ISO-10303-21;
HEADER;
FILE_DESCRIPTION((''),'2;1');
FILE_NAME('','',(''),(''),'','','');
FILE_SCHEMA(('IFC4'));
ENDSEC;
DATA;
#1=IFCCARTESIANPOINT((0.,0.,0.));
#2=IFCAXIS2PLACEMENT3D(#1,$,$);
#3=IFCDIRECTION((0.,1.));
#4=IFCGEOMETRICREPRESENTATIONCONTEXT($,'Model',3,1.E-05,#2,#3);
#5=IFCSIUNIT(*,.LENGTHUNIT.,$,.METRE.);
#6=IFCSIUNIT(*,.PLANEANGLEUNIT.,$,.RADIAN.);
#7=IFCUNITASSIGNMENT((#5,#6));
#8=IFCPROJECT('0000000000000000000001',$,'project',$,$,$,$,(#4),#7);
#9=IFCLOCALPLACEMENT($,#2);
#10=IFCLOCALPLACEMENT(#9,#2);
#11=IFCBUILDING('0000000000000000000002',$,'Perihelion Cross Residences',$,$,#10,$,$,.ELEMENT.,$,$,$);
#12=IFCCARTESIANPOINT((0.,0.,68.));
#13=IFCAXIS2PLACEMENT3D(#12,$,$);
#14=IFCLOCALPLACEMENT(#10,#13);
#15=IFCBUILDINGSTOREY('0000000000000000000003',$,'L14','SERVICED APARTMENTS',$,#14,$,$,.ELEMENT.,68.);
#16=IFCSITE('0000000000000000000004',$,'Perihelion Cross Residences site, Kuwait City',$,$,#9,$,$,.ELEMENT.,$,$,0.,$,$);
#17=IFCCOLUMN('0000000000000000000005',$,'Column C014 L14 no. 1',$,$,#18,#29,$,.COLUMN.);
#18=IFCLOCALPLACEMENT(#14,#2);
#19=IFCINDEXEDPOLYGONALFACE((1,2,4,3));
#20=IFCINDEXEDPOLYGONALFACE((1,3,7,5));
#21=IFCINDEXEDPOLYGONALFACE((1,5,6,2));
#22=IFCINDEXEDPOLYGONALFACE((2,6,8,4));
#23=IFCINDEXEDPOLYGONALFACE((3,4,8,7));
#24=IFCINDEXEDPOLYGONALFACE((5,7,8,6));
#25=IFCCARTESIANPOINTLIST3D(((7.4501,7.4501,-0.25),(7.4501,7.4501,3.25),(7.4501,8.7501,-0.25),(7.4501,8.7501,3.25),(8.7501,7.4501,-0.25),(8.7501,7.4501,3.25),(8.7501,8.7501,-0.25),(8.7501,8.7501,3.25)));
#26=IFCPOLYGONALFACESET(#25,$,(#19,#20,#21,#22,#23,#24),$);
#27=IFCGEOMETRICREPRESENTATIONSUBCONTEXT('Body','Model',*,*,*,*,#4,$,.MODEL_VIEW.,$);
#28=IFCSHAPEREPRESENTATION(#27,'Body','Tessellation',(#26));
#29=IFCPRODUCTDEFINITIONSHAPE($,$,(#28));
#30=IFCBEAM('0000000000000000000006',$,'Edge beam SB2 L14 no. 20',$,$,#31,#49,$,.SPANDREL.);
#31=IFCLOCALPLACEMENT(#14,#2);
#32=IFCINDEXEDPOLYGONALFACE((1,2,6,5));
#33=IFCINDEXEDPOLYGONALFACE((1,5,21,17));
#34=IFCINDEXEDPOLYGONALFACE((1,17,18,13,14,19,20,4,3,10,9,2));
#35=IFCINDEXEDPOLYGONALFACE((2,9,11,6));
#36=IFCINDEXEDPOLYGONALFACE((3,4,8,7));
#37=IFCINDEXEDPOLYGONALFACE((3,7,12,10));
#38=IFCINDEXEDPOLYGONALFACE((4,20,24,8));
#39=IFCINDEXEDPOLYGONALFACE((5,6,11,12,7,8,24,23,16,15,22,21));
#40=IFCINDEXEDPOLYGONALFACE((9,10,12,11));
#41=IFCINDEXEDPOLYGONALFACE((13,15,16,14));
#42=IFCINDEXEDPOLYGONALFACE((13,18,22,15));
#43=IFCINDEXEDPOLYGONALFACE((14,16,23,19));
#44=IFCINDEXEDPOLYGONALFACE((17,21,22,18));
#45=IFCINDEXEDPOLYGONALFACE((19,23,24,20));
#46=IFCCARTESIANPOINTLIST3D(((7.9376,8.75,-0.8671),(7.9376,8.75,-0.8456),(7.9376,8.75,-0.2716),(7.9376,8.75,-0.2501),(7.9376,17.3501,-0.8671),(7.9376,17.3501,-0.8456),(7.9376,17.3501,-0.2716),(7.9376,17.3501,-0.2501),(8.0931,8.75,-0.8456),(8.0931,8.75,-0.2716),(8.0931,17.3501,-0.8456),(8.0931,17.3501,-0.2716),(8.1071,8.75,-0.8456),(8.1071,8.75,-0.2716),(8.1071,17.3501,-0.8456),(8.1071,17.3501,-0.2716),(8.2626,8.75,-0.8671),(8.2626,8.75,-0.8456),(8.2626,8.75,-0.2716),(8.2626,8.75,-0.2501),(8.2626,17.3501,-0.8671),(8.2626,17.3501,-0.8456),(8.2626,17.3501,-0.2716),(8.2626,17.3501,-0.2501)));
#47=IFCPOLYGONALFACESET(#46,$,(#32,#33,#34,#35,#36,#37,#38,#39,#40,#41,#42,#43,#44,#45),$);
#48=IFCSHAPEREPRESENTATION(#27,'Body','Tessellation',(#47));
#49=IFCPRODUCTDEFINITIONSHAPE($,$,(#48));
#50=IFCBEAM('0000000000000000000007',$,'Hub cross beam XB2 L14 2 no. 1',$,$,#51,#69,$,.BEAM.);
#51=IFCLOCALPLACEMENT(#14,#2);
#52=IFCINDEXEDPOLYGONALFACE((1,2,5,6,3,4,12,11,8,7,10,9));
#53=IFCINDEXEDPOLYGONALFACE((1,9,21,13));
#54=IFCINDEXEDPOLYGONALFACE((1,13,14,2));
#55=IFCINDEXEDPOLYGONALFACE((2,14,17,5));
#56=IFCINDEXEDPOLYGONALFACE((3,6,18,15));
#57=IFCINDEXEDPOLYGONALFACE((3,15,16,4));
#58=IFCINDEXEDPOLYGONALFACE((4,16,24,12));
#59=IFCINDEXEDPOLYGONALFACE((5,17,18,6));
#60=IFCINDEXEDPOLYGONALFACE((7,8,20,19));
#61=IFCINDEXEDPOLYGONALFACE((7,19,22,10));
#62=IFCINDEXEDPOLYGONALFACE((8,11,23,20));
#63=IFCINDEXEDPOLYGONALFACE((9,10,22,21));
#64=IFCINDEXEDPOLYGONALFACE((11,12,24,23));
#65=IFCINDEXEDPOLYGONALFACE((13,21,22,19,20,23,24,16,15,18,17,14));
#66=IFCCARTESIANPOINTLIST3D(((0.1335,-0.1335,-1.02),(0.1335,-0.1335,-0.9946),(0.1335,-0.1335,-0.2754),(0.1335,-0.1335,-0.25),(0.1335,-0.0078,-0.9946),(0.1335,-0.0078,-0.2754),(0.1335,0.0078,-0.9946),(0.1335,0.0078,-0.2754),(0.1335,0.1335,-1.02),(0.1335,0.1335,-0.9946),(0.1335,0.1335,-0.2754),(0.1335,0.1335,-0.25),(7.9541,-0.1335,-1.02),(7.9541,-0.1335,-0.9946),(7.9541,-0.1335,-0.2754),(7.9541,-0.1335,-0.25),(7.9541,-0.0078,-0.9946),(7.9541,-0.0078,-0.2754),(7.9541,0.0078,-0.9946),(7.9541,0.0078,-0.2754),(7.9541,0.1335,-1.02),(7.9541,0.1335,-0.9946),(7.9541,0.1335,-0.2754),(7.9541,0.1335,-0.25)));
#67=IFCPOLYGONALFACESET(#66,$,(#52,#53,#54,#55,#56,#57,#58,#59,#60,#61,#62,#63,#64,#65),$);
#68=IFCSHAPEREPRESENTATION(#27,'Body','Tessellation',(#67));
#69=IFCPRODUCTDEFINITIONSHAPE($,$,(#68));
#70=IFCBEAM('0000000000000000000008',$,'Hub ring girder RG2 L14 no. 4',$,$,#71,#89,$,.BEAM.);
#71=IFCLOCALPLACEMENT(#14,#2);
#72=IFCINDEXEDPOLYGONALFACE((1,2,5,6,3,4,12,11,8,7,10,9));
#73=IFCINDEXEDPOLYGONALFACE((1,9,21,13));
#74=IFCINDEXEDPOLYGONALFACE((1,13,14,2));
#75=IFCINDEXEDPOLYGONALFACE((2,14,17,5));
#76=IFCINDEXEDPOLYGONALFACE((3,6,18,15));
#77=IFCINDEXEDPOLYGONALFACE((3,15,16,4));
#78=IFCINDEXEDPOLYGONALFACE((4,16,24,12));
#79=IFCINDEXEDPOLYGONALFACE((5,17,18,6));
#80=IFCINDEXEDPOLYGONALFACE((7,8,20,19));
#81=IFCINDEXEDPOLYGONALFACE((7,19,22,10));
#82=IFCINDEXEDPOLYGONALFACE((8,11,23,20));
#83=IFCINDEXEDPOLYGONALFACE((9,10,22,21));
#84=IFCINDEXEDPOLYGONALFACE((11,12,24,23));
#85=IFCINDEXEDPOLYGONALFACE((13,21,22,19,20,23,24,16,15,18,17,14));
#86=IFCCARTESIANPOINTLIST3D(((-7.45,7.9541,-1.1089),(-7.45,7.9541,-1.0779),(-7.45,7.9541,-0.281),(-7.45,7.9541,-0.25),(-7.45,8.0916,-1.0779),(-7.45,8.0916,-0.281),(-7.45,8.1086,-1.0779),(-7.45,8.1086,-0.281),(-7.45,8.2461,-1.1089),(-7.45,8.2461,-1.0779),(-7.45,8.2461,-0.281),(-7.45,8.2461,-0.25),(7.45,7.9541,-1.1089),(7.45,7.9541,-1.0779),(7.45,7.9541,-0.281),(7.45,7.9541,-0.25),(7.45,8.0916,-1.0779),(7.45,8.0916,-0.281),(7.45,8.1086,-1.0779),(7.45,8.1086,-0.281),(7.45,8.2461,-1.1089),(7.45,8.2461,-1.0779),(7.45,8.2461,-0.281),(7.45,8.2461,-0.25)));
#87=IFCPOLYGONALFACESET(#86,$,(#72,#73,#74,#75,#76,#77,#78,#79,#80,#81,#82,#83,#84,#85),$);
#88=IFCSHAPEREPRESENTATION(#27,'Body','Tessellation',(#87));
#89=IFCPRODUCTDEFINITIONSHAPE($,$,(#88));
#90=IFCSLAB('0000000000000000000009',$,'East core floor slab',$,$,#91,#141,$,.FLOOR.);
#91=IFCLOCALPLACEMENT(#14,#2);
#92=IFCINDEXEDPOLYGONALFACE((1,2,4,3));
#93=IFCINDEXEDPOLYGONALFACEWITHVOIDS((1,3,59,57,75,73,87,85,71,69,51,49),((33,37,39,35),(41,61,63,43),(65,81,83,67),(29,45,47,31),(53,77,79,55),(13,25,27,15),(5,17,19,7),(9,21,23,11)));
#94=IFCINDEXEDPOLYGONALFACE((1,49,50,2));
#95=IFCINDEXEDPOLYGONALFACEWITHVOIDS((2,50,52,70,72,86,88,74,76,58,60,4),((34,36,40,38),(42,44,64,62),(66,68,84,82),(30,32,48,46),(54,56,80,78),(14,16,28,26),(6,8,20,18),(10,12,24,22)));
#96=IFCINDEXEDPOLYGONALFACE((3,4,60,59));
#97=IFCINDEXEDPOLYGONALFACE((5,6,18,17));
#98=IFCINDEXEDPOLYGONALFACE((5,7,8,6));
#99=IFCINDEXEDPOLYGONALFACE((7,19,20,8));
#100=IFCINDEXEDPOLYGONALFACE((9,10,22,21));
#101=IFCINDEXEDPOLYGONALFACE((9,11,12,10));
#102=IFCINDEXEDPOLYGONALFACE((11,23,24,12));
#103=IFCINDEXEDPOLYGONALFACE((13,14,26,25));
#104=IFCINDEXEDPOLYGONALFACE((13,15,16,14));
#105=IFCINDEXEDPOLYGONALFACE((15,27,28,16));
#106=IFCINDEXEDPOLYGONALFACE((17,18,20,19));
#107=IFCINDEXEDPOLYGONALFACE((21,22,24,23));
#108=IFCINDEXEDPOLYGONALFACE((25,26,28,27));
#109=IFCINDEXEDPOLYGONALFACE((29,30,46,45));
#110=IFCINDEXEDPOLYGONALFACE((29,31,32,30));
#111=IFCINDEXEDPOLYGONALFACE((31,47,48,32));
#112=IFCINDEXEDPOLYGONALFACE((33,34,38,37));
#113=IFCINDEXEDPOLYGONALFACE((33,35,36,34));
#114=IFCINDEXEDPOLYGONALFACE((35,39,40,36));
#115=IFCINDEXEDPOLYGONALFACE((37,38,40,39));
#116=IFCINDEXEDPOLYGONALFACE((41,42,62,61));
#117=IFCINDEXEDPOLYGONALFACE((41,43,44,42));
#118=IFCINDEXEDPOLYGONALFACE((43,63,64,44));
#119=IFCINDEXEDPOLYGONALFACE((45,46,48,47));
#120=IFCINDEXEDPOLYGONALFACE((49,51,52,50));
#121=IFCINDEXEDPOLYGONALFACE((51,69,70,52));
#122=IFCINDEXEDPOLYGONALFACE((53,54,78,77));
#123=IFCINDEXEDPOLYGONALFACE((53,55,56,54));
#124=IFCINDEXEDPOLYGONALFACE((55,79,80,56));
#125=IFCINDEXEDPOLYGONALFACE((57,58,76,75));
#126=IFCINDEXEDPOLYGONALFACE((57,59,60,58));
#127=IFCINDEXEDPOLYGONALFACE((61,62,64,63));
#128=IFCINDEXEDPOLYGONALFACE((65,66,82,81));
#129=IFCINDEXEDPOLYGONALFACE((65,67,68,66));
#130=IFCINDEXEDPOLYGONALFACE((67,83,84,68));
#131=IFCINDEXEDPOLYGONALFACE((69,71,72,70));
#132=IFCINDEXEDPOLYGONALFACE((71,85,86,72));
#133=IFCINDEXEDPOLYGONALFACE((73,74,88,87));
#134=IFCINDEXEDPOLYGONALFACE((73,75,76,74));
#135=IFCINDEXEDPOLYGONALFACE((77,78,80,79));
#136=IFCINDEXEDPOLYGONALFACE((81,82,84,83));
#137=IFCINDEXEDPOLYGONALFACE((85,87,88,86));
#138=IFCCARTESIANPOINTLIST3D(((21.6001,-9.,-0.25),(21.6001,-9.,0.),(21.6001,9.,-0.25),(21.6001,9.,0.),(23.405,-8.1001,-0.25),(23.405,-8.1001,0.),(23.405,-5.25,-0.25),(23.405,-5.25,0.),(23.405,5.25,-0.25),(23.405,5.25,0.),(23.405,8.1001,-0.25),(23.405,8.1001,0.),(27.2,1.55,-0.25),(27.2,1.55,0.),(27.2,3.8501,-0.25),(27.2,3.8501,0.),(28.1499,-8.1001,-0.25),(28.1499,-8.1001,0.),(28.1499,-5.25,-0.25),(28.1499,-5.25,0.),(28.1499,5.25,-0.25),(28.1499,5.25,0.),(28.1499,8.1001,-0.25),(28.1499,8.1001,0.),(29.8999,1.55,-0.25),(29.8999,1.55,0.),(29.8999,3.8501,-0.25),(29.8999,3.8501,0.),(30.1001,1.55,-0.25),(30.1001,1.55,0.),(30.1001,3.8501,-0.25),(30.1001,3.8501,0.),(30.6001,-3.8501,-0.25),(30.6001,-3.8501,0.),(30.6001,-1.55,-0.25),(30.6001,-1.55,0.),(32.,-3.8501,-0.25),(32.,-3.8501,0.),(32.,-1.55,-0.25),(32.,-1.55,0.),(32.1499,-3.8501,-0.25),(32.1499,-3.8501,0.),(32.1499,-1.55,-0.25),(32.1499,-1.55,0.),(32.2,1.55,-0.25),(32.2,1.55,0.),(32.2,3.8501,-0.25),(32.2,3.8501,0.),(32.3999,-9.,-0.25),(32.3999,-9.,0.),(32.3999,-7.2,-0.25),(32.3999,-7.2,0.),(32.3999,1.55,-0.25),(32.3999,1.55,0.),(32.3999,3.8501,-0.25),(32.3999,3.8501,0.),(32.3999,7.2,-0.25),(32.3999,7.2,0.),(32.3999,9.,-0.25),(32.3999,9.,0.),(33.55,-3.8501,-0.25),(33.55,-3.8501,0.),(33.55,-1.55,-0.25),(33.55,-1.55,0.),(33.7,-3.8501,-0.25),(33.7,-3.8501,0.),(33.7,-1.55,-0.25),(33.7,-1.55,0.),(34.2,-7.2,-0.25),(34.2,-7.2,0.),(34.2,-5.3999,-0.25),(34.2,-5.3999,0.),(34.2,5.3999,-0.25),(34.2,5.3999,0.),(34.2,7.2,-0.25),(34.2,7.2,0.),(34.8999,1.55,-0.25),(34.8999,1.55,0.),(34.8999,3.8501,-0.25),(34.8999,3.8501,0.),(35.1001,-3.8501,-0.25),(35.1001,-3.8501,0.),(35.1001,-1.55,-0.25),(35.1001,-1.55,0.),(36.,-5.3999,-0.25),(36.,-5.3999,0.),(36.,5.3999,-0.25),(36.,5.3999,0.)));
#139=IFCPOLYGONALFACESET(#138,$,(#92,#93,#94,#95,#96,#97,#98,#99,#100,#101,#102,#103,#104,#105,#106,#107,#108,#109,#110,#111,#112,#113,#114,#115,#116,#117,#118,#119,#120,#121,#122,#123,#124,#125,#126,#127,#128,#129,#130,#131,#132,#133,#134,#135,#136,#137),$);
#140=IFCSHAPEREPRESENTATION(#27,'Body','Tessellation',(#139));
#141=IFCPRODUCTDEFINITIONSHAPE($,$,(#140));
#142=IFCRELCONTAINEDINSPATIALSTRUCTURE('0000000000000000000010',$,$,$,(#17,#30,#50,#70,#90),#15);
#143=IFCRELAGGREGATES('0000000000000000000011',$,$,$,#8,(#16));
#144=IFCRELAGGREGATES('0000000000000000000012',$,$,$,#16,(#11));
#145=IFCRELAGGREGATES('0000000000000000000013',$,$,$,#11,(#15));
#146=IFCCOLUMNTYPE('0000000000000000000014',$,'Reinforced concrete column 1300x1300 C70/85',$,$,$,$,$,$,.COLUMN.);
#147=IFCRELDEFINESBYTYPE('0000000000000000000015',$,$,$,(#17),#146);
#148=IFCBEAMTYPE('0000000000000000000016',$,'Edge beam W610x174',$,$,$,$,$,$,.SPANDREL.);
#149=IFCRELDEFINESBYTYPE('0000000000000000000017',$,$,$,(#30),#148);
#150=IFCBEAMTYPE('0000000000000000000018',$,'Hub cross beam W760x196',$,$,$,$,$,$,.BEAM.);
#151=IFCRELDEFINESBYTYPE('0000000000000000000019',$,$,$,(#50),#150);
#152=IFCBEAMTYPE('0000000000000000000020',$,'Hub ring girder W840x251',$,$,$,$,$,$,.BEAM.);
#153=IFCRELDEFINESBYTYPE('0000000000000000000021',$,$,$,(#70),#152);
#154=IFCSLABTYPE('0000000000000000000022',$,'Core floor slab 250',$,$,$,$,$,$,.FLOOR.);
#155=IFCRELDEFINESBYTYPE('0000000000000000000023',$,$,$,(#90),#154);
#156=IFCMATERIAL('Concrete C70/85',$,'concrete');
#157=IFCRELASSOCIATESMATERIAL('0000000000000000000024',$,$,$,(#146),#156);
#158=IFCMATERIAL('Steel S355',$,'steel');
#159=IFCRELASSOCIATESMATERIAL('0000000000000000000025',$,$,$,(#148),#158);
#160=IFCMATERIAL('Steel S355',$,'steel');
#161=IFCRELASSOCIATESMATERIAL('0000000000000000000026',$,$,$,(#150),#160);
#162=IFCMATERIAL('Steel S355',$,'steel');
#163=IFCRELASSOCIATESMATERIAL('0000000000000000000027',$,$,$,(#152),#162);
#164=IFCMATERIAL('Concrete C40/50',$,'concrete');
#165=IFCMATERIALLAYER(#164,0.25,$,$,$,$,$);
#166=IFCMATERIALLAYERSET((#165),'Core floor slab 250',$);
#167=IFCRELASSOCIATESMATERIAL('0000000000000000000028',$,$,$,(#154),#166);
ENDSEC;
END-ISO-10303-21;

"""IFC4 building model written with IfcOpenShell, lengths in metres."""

from ifc_helpers import new_model, si_unit, direction, frame, origin, origin_2d, place, context, subcontext, project, spatial, polyline, rectangle, i_section, outline, extrude, material, layer, layer_set, material_profile, profile_set, type_object, element, save


model = new_model("IFC4")

# Units and contexts
model_context = context("Model", 3, precision=1e-05, world=origin(), true_north=direction((0.0, 1.0)))
body_context = subcontext(model_context, "Body", "Model", "MODEL_VIEW")
ifc_project = project(units=[si_unit("LENGTHUNIT", "METRE"), si_unit("PLANEANGLEUNIT", "RADIAN")], contexts=[model_context])

# Site, building, storey
site_placement = place(None, origin())
site = spatial("IfcSite", under=ifc_project, at=site_placement, Name="Perihelion Cross Residences site, Kuwait City", CompositionType="ELEMENT", RefElevation=0.0)
building_placement = place(site_placement, origin())
building = spatial("IfcBuilding", under=site, at=building_placement, Name="Perihelion Cross Residences", CompositionType="ELEMENT")
storey_placement = place(building_placement, frame((0.0, 0.0, 68.0)))
storey = spatial("IfcBuildingStorey", under=building, at=storey_placement, Name="L14", Description="SERVICED APARTMENTS", CompositionType="ELEMENT", Elevation=68.0)

# Column
ifc_material_1 = material(Name="Concrete C70/85", Category="concrete")
ifc_material_profile_1 = material_profile(ifc_material_1, rectangle(XDim=1.3, YDim=1.3, at=origin_2d()), Name="RC 1300x1300")
ifc_profile_set_1 = profile_set([ifc_material_profile_1], Name="Concrete C70/85")
column_type = type_object("IfcColumnType", Name="Reinforced concrete column 1300x1300 C70/85", PredefinedType="COLUMN", material=ifc_profile_set_1)
column_placement = place(storey_placement, frame((8.1001, 8.1001, -0.25), z_axis=(0.0, 0.0, 1.0), x_axis=(1.0, 0.0, 0.0)))
element("IfcColumn", 1, at=column_placement, inside=storey, type_object=column_type, Name="Column C014 L14 no. 1", PredefinedType="COLUMN", context=body_context, shape_type="SweptSolid", body=[
    extrude(rectangle(XDim=1.3, YDim=1.3, at=origin_2d()), origin(), (0.0, 0.0, 1.0), 3.5),
])

# Beams
ifc_material_2 = material(Name="Steel S355", Category="steel")
ifc_material_profile_2 = material_profile(ifc_material_2, i_section(OverallWidth=0.325, OverallDepth=0.6169, WebThickness=0.0139, FlangeThickness=0.0215, at=origin_2d()), Name="W610x174")
ifc_profile_set_2 = profile_set([ifc_material_profile_2], Name="Steel S355")
beam_type_1 = type_object("IfcBeamType", Name="Edge beam W610x174", PredefinedType="SPANDREL", material=ifc_profile_set_2)
beam_1_placement = place(storey_placement, frame((8.1001, 8.75, -0.5586), z_axis=(0.0, 1.0, 0.0), x_axis=(-1.0, 0.0, 0.0)))
element("IfcBeam", 2, at=beam_1_placement, inside=storey, type_object=beam_type_1, Name="Edge beam SB2 L14 no. 20", PredefinedType="SPANDREL", context=body_context, shape_type="SweptSolid", body=[
    extrude(i_section(OverallWidth=0.325, OverallDepth=0.6169, WebThickness=0.0139, FlangeThickness=0.0215, at=origin_2d()), origin(), (0.0, 0.0, 1.0), 8.6001),
])
ifc_material_3 = material(Name="Steel S355", Category="steel")
ifc_material_profile_3 = material_profile(ifc_material_3, i_section(OverallWidth=0.2671, OverallDepth=0.77, WebThickness=0.0156, FlangeThickness=0.0254, at=origin_2d()), Name="W760x196")
ifc_profile_set_3 = profile_set([ifc_material_profile_3], Name="Steel S355")
beam_type_2 = type_object("IfcBeamType", Name="Hub cross beam W760x196", PredefinedType="BEAM", material=ifc_profile_set_3)
beam_2_placement = place(storey_placement, frame((0.1335, 0.0, -0.635), z_axis=(1.0, 0.0, 0.0), x_axis=(0.0, 1.0, 0.0)))
element("IfcBeam", 3, at=beam_2_placement, inside=storey, type_object=beam_type_2, Name="Hub cross beam XB2 L14 2 no. 1", PredefinedType="BEAM", context=body_context, shape_type="SweptSolid", body=[
    extrude(i_section(OverallWidth=0.2671, OverallDepth=0.77, WebThickness=0.0156, FlangeThickness=0.0254, at=origin_2d()), origin(), (0.0, 0.0, 1.0), 7.8206),
])
ifc_material_4 = material(Name="Steel S355", Category="steel")
ifc_material_profile_4 = material_profile(ifc_material_4, i_section(OverallWidth=0.292, OverallDepth=0.8589, WebThickness=0.0171, FlangeThickness=0.031, at=origin_2d()), Name="W840x251")
ifc_profile_set_4 = profile_set([ifc_material_profile_4], Name="Steel S355")
beam_type_3 = type_object("IfcBeamType", Name="Hub ring girder W840x251", PredefinedType="BEAM", material=ifc_profile_set_4)
beam_3_placement = place(storey_placement, frame((7.45, 8.1001, -0.6794), z_axis=(-1.0, 0.0, 0.0), x_axis=(0.0, -1.0, 0.0)))
element("IfcBeam", 4, at=beam_3_placement, inside=storey, type_object=beam_type_3, Name="Hub ring girder RG2 L14 no. 4", PredefinedType="BEAM", context=body_context, shape_type="SweptSolid", body=[
    extrude(i_section(OverallWidth=0.292, OverallDepth=0.8589, WebThickness=0.0171, FlangeThickness=0.031, at=origin_2d()), origin(), (0.0, 0.0, 1.0), 14.8999),
])

# Slab
ifc_material_5 = material(Name="Concrete C40/50", Category="concrete")
ifc_layer_1 = layer(ifc_material_5, 0.25)
ifc_layer_set_1 = layer_set([ifc_layer_1], Name="Core floor slab 250")
slab_type_1 = type_object("IfcSlabType", Name="Core floor slab 250", PredefinedType="FLOOR", material=ifc_layer_set_1)
slab_1_placement = place(storey_placement, frame((0.0, 0.0, -0.25)))
element("IfcSlab", 5, at=slab_1_placement, inside=storey, type_object=slab_type_1, Name="East core floor slab", PredefinedType="FLOOR", context=body_context, shape_type="SweptSolid", body=[
    extrude(outline(polyline([(32.3999, 7.2), (34.2, 7.2), (34.2, 5.3999), (36.0, 5.3999), (36.0, -5.3999), (34.2, -5.3999), (34.2, -7.2), (32.3999, -7.2), (32.3999, -9.0), (21.6001, -9.0), (21.6001, 9.0), (32.3999, 9.0), (32.3999, 7.2)]), holes=[polyline([(23.405, -8.1001), (28.1499, -8.1001), (28.1499, -5.25), (23.405, -5.25), (23.405, -8.1001)]), polyline([(30.6001, -1.55), (30.6001, -3.8501), (32.0, -3.8501), (32.0, -1.55), (30.6001, -1.55)]), polyline([(32.1499, -1.55), (32.1499, -3.8501), (33.55, -3.8501), (33.55, -1.55), (32.1499, -1.55)]), polyline([(33.7, -1.55), (33.7, -3.8501), (35.1001, -3.8501), (35.1001, -1.55), (33.7, -1.55)]), polyline([(27.2, 3.8501), (27.2, 1.55), (29.8999, 1.55), (29.8999, 3.8501), (27.2, 3.8501)]), polyline([(30.1001, 3.8501), (30.1001, 1.55), (32.2, 1.55), (32.2, 3.8501), (30.1001, 3.8501)]), polyline([(32.3999, 3.8501), (32.3999, 1.55), (34.8999, 1.55), (34.8999, 3.8501), (32.3999, 3.8501)]), polyline([(23.405, 5.25), (28.1499, 5.25), (28.1499, 8.1001), (23.405, 8.1001), (23.405, 5.25)])]), origin(), (0.0, 0.0, 1.0), 0.25),
])

save(model, "model.ifc")
